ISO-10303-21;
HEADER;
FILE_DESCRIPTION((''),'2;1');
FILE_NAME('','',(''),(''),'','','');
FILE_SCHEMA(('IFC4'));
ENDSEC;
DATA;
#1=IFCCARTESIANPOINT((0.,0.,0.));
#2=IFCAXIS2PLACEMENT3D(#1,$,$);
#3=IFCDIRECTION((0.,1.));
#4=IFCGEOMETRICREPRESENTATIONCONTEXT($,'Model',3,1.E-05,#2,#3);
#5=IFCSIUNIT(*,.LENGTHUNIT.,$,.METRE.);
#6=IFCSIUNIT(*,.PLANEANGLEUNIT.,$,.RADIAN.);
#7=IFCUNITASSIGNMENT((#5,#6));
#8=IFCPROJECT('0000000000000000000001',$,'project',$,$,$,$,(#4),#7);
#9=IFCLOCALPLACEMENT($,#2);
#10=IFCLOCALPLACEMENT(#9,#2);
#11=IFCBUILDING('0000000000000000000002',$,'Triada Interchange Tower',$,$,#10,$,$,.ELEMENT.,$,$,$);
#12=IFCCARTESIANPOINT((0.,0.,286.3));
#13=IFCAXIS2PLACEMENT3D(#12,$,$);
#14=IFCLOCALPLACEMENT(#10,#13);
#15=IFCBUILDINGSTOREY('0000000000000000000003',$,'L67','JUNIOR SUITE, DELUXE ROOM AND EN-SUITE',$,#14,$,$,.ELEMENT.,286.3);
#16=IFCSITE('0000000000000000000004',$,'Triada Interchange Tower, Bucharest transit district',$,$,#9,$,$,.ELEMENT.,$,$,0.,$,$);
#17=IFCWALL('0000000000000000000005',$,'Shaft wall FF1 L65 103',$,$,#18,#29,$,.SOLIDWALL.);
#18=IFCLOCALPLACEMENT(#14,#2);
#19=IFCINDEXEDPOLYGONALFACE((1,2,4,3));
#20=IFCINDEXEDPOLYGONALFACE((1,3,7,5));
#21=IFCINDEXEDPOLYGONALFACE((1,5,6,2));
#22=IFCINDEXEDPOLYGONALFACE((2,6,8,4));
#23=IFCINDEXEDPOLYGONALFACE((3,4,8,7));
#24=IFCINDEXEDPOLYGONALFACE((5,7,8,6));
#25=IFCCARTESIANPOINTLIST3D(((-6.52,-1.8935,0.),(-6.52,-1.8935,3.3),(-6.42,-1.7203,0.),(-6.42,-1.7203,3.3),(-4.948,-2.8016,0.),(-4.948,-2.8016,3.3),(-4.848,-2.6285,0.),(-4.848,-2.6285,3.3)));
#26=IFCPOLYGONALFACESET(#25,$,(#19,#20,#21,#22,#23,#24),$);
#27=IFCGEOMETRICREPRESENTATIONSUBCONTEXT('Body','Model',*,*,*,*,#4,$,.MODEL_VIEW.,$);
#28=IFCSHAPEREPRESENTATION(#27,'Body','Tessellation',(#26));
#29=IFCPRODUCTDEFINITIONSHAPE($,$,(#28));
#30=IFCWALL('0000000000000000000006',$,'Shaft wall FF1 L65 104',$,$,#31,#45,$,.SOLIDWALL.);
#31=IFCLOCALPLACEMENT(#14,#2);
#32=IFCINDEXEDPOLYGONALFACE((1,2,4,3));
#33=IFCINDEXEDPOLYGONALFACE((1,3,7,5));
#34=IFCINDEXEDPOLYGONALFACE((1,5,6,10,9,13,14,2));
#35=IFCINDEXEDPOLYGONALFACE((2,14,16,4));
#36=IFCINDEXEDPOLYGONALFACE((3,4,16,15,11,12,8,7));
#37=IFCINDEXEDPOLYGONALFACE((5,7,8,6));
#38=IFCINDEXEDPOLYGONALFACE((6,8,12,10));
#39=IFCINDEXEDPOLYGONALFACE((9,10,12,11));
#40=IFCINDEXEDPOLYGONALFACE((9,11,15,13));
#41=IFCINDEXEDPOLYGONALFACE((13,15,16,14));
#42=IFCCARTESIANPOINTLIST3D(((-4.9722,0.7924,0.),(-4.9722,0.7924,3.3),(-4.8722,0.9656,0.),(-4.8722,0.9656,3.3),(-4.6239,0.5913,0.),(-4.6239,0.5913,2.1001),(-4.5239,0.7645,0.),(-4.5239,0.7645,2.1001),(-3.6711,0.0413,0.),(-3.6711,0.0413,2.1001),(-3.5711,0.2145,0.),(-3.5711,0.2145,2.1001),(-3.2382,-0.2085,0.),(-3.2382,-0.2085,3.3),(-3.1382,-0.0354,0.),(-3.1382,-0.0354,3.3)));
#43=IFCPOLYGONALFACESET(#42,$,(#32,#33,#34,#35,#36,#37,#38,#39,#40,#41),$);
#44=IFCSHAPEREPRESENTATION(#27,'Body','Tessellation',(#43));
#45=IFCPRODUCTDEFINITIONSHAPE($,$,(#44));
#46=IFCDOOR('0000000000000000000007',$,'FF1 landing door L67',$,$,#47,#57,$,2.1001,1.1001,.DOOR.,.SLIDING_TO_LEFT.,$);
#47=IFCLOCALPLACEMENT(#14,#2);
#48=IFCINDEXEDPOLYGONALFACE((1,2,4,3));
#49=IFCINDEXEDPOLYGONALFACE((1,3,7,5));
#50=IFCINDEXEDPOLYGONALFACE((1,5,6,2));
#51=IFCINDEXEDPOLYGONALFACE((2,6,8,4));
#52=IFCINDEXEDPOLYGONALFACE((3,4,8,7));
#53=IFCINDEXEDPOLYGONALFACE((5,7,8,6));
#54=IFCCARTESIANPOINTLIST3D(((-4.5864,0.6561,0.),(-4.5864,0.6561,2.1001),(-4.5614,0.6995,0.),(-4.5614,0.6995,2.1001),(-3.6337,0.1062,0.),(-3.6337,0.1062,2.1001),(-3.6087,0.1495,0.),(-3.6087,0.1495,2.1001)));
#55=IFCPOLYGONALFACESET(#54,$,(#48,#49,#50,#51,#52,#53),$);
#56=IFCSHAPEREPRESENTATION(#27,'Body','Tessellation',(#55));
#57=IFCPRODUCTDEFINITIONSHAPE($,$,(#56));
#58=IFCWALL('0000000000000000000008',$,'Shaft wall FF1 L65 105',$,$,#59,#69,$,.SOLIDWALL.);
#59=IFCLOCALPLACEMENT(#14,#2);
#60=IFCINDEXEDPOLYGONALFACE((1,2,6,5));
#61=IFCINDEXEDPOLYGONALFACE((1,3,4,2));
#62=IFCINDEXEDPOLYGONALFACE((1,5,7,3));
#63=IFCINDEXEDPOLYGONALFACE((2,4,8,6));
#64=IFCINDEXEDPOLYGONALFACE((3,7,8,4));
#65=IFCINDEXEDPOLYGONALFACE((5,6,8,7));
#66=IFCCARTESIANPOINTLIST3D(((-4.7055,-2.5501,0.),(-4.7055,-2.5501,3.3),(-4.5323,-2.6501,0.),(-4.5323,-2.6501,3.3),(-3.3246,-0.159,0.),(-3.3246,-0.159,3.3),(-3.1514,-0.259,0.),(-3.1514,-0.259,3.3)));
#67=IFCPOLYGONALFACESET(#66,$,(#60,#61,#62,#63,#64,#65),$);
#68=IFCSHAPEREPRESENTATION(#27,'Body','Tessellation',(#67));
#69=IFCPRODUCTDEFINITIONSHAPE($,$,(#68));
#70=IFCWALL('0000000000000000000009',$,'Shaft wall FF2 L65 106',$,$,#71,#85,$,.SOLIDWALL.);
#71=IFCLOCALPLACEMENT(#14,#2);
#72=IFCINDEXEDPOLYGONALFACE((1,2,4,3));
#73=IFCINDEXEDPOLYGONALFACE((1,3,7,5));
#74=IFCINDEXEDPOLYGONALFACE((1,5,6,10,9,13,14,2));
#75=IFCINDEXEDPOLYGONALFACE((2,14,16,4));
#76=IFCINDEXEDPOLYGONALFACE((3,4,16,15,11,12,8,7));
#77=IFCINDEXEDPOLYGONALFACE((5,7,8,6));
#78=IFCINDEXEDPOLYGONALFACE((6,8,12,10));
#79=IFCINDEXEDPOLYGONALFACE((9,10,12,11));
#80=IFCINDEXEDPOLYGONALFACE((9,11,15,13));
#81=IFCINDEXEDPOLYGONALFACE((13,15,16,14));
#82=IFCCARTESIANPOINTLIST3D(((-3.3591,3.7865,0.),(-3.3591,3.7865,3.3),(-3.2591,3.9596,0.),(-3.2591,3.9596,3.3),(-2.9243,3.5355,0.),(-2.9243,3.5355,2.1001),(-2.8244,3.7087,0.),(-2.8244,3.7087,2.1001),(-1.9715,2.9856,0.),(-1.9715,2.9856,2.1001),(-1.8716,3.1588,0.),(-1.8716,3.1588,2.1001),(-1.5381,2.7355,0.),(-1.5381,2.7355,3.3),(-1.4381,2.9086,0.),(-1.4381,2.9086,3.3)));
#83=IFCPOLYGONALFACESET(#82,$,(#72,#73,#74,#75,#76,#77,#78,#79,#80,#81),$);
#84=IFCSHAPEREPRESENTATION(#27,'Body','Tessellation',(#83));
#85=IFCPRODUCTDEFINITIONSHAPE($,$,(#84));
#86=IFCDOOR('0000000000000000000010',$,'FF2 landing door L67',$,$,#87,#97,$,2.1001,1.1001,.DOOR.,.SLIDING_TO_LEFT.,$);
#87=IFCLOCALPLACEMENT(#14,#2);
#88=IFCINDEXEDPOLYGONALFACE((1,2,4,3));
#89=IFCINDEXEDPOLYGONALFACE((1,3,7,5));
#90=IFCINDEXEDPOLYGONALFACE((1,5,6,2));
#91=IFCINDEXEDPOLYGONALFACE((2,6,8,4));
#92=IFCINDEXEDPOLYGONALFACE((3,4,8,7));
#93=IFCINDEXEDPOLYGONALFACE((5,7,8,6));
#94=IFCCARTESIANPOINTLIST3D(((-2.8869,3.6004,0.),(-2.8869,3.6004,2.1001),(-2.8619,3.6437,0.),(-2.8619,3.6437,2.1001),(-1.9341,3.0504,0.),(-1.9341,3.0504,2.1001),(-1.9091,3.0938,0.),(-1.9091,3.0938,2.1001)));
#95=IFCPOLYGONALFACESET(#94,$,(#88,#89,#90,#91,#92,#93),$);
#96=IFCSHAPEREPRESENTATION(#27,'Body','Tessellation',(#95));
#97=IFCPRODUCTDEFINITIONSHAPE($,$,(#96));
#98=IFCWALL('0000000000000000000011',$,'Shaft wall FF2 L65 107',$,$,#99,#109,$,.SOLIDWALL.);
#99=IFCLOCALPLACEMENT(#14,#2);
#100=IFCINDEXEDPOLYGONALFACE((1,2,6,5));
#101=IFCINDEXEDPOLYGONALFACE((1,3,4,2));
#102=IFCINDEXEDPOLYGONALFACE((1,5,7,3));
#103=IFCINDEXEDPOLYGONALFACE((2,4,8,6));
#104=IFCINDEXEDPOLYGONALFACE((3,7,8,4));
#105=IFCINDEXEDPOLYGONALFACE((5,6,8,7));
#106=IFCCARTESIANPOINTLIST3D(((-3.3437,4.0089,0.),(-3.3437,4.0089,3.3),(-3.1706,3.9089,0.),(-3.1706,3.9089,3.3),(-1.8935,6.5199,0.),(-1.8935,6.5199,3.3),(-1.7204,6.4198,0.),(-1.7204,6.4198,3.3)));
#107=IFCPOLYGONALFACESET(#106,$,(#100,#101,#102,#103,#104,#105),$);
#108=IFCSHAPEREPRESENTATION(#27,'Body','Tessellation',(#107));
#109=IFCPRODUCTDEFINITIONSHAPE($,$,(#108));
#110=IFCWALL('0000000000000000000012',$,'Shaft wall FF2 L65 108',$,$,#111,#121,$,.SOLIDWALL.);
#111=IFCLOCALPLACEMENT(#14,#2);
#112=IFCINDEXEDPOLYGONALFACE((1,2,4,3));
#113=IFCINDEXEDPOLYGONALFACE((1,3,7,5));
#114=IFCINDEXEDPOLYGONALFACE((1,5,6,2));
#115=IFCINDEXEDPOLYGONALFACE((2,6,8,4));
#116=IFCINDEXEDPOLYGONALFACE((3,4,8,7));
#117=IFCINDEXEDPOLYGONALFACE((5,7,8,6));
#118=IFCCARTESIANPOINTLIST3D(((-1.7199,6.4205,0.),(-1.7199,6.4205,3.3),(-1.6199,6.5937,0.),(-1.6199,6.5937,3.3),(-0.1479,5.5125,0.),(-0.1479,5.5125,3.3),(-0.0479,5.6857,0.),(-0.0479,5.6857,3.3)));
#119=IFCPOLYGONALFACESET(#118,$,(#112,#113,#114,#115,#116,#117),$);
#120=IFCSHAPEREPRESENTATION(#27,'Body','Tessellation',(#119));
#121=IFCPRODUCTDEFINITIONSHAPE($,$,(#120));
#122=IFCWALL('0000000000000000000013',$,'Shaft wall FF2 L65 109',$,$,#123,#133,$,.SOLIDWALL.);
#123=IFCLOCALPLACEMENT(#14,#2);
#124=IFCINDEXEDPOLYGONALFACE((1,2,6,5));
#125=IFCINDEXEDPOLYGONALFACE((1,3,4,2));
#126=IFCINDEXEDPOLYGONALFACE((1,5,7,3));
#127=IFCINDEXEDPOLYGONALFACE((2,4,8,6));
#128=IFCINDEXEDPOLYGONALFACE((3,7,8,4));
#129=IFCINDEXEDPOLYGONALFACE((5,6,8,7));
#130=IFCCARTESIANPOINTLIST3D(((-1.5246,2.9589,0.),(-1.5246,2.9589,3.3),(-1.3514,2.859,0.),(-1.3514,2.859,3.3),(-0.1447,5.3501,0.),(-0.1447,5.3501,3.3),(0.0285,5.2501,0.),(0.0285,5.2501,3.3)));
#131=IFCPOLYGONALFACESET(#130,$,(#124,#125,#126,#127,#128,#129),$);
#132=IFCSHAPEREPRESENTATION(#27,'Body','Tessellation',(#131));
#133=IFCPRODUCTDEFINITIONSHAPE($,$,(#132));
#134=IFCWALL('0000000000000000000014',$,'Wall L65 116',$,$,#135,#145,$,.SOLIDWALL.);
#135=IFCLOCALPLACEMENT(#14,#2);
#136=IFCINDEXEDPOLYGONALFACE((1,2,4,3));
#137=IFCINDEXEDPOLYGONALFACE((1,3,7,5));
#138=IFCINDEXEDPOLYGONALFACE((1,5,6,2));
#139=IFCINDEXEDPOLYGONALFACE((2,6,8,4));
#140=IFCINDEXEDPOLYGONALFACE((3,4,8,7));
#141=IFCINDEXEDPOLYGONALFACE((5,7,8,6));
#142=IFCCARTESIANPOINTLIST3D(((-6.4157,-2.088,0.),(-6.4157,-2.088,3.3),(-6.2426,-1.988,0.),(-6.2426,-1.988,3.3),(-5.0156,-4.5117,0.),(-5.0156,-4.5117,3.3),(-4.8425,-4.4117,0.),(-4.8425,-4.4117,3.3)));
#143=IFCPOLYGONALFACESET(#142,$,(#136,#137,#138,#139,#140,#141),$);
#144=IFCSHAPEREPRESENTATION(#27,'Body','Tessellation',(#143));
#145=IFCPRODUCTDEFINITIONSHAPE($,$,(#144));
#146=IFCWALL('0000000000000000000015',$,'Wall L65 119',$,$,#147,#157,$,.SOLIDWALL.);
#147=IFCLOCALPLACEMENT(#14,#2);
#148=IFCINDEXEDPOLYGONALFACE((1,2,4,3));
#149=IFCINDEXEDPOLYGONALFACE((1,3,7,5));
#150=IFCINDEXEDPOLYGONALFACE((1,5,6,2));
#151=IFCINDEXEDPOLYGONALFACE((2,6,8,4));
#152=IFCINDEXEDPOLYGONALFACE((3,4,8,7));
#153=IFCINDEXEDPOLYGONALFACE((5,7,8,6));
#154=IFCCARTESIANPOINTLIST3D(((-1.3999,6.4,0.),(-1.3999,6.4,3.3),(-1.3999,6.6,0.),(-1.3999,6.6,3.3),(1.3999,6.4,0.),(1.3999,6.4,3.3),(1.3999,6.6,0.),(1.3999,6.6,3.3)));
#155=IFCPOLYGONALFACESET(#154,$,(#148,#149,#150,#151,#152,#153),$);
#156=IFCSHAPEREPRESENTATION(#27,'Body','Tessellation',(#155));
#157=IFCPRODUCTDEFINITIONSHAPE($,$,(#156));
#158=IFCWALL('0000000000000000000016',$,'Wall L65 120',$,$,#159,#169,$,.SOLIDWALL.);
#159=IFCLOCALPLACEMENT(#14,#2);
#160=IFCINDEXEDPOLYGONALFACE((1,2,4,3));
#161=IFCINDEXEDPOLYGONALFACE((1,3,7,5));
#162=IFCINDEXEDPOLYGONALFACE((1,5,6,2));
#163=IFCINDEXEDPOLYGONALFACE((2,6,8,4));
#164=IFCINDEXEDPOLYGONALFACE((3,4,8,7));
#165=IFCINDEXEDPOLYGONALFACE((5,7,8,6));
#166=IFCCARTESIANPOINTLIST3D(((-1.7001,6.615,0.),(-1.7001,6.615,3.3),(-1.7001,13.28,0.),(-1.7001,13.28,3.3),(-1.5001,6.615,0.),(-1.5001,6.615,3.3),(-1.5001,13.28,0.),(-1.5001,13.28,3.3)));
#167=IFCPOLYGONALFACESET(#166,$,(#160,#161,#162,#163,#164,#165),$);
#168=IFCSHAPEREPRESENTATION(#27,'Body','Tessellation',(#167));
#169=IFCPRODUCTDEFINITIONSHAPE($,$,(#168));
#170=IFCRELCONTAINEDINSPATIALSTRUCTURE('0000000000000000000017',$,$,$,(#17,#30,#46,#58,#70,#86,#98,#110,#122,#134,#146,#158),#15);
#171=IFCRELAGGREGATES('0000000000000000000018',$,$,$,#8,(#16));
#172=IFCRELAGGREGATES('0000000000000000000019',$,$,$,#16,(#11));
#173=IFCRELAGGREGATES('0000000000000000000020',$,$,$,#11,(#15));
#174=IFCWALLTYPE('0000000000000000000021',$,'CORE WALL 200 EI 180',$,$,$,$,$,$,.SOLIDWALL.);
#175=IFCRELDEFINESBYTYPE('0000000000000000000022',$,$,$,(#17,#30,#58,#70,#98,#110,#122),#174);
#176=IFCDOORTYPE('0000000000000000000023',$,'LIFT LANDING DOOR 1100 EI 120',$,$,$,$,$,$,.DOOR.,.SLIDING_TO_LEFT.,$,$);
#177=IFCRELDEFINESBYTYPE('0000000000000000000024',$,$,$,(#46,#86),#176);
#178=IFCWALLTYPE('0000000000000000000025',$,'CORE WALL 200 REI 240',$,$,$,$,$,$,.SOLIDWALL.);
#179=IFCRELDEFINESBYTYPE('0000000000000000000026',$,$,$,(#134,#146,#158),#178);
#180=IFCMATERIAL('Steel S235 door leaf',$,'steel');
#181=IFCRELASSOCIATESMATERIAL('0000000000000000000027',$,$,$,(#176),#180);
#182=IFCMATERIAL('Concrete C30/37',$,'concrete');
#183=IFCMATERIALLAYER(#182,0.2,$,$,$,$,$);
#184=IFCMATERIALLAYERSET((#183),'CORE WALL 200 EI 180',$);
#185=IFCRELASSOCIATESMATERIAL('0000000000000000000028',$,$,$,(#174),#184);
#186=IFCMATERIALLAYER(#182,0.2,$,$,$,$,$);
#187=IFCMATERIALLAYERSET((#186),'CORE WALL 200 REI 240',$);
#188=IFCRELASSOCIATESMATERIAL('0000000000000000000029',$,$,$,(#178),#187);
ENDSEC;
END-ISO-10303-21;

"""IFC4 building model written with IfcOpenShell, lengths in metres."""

from ifc_helpers import new_model, si_unit, direction, frame, frame_2d, origin, place, context, subcontext, project, spatial, rectangle, extrude, material, layer, layer_set, type_object, element, fill, save


model = new_model("IFC4")

# Units and contexts
model_context = context("Model", 3, precision=1e-05, world=origin(), true_north=direction((0.0, 1.0)))
body_context = subcontext(model_context, "Body", "Model", "MODEL_VIEW")
ifc_project = project(units=[si_unit("LENGTHUNIT", "METRE"), si_unit("PLANEANGLEUNIT", "RADIAN")], contexts=[model_context])

# Site, building, storey
site_placement = place(None, origin())
site = spatial("IfcSite", under=ifc_project, at=site_placement, Name="Triada Interchange Tower, Bucharest transit district", CompositionType="ELEMENT", RefElevation=0.0)
building_placement = place(site_placement, origin())
building = spatial("IfcBuilding", under=site, at=building_placement, Name="Triada Interchange Tower", CompositionType="ELEMENT")
storey_placement = place(building_placement, frame((0.0, 0.0, 286.3)))
storey = spatial("IfcBuildingStorey", under=building, at=storey_placement, Name="L67", Description="JUNIOR SUITE, DELUXE ROOM AND EN-SUITE", CompositionType="ELEMENT", Elevation=286.3)

# Shared definitions
ifc_material_1 = material(Name="Concrete C30/37", Category="concrete")
ifc_material_2 = material(Name="Steel S235 door leaf", Category="steel")
door_type_1 = type_object("IfcDoorType", Name="LIFT LANDING DOOR 1100 EI 120", OperationType="SLIDING_TO_LEFT", PredefinedType="DOOR", material=ifc_material_2)

# Shared definitions
ifc_layer_1 = layer(ifc_material_1, 0.2)
ifc_layer_set_1 = layer_set([ifc_layer_1], Name="CORE WALL 200 EI 180")
wall_type_1 = type_object("IfcWallType", Name="CORE WALL 200 EI 180", PredefinedType="SOLIDWALL", material=ifc_layer_set_1)

# Wall
wall_1_placement = place(storey_placement, frame((-6.47, -1.8069, 0.0), z_axis=(0.0, 0.0, 1.0), x_axis=(0.865883, -0.500246, 0.0)))
element("IfcWall", 1, at=wall_1_placement, inside=storey, type_object=wall_type_1, Name="Shaft wall FF1 L65 103", PredefinedType="SOLIDWALL", context=body_context, shape_type="SweptSolid", body=[
    extrude(rectangle(XDim=1.8154, YDim=0.2, at=frame_2d((0.9077, 0.0))), origin(), (0.0, 0.0, 1.0), 3.3),
])

# Wall, opening, door
wall_2_placement = place(storey_placement, frame((-4.9221, 0.8789, 0.0), z_axis=(0.0, 0.0, 1.0), x_axis=(0.866074, -0.499916, 0.0)))
wall_2 = element("IfcWall", 2, at=wall_2_placement, inside=storey, type_object=wall_type_1, Name="Shaft wall FF1 L65 104", PredefinedType="SOLIDWALL", context=body_context, shape_type="SweptSolid", body=[
    extrude(rectangle(XDim=2.0022, YDim=0.2, at=frame_2d((1.001, 0.0))), origin(), (0.0, 0.0, 1.0), 3.3),
])
opening_1_placement = place(wall_2_placement, frame((0.4021, 0.0, 0.0)))
opening_1 = element("IfcOpeningElement", 3, at=opening_1_placement, cuts=wall_2, PredefinedType="OPENING", context=body_context, shape_type="SweptSolid", body=[
    extrude(rectangle(XDim=1.1001, YDim=2.1001, at=frame_2d((0.55, 1.05))), frame((0.0, 0.1099, 0.0), z_axis=(0.0, -1.0, 0.0), x_axis=(1.0, 0.0, 0.0)), (0.0, 0.0, 1.0), 0.22),
])
door_1_placement = place(opening_1_placement, origin())
door_1 = element("IfcDoor", 4, at=door_1_placement, inside=storey, type_object=door_type_1, Name="FF1 landing door L67", OperationType="SLIDING_TO_LEFT", OverallHeight=2.1001, OverallWidth=1.1001, PredefinedType="DOOR", context=body_context, shape_type="SweptSolid", body=[
    extrude(rectangle(XDim=1.1001, YDim=2.1001, at=frame_2d((0.55, 1.05))), frame((0.0, 0.0249, 0.0), z_axis=(0.0, -1.0, 0.0), x_axis=(1.0, 0.0, 0.0)), (0.0, 0.0, 1.0), 0.05),
])
fill(opening_1, door_1)

# Wall
wall_3_placement = place(storey_placement, frame((-4.6189, -2.6001, 0.0), z_axis=(0.0, 0.0, 1.0), x_axis=(0.500095, 0.865971, 0.0)))
element("IfcWall", 5, at=wall_3_placement, inside=storey, type_object=wall_type_1, Name="Shaft wall FF1 L65 105", PredefinedType="SOLIDWALL", context=body_context, shape_type="SweptSolid", body=[
    extrude(rectangle(XDim=2.7612, YDim=0.2, at=frame_2d((1.3806, 0.0))), origin(), (0.0, 0.0, 1.0), 3.3),
])

# Wall, opening, door
wall_4_placement = place(storey_placement, frame((-3.3091, 3.873, 0.0), z_axis=(0.0, 0.0, 1.0), x_axis=(0.866099, -0.499873, 0.0)))
wall_4 = element("IfcWall", 6, at=wall_4_placement, inside=storey, type_object=wall_type_1, Name="Shaft wall FF2 L65 106", PredefinedType="SOLIDWALL", context=body_context, shape_type="SweptSolid", body=[
    extrude(rectangle(XDim=2.1025, YDim=0.2, at=frame_2d((1.0513, 0.0))), origin(), (0.0, 0.0, 1.0), 3.3),
])
opening_2_placement = place(wall_4_placement, frame((0.502, 0.0, 0.0)))
opening_2 = element("IfcOpeningElement", 7, at=opening_2_placement, cuts=wall_4, PredefinedType="OPENING", context=body_context, shape_type="SweptSolid", body=[
    extrude(rectangle(XDim=1.1001, YDim=2.1001, at=frame_2d((0.55, 1.05))), frame((0.0, 0.1099, 0.0), z_axis=(0.0, -1.0, 0.0), x_axis=(1.0, 0.0, 0.0)), (0.0, 0.0, 1.0), 0.22),
])
door_2_placement = place(opening_2_placement, origin())
door_2 = element("IfcDoor", 8, at=door_2_placement, inside=storey, type_object=door_type_1, Name="FF2 landing door L67", OperationType="SLIDING_TO_LEFT", OverallHeight=2.1001, OverallWidth=1.1001, PredefinedType="DOOR", context=body_context, shape_type="SweptSolid", body=[
    extrude(rectangle(XDim=1.1001, YDim=2.1001, at=frame_2d((0.55, 1.05))), frame((0.0, 0.0249, 0.0), z_axis=(0.0, -1.0, 0.0), x_axis=(1.0, 0.0, 0.0)), (0.0, 0.0, 1.0), 0.05),
])
fill(opening_2, door_2)

# Walls
wall_5_placement = place(storey_placement, frame((-3.2571, 3.959, 0.0), z_axis=(0.0, 0.0, 1.0), x_axis=(0.500123, 0.865954, 0.0)))
element("IfcWall", 9, at=wall_5_placement, inside=storey, type_object=wall_type_1, Name="Shaft wall FF2 L65 107", PredefinedType="SOLIDWALL", context=body_context, shape_type="SweptSolid", body=[
    extrude(rectangle(XDim=2.8997, YDim=0.2, at=frame_2d((1.4497, 0.0))), origin(), (0.0, 0.0, 1.0), 3.3),
])
wall_6_placement = place(storey_placement, frame((-1.6699, 6.5071, 0.0), z_axis=(0.0, 0.0, 1.0), x_axis=(0.865941, -0.500145, 0.0)))
element("IfcWall", 10, at=wall_6_placement, inside=storey, type_object=wall_type_1, Name="Shaft wall FF2 L65 108", PredefinedType="SOLIDWALL", context=body_context, shape_type="SweptSolid", body=[
    extrude(rectangle(XDim=1.8154, YDim=0.2, at=frame_2d((0.9077, 0.0))), origin(), (0.0, 0.0, 1.0), 3.3),
])
wall_7_placement = place(storey_placement, frame((-1.438, 2.9089, 0.0), z_axis=(0.0, 0.0, 1.0), x_axis=(0.49983, 0.866124, 0.0)))
element("IfcWall", 11, at=wall_7_placement, inside=storey, type_object=wall_type_1, Name="Shaft wall FF2 L65 109", PredefinedType="SOLIDWALL", context=body_context, shape_type="SweptSolid", body=[
    extrude(rectangle(XDim=2.7607, YDim=0.2, at=frame_2d((1.3804, 0.0))), origin(), (0.0, 0.0, 1.0), 3.3),
])
ifc_layer_2 = layer(ifc_material_1, 0.2)
ifc_layer_set_2 = layer_set([ifc_layer_2], Name="CORE WALL 200 REI 240")
wall_type_2 = type_object("IfcWallType", Name="CORE WALL 200 REI 240", PredefinedType="SOLIDWALL", material=ifc_layer_set_2)
wall_8_placement = place(storey_placement, frame((-6.3291, -2.0381, 0.0), z_axis=(0.0, 0.0, 1.0), x_axis=(0.500201, -0.86591, 0.0)))
element("IfcWall", 12, at=wall_8_placement, inside=storey, type_object=wall_type_2, Name="Wall L65 116", PredefinedType="SOLIDWALL", context=body_context, shape_type="SweptSolid", body=[
    extrude(rectangle(XDim=2.7991, YDim=0.2, at=frame_2d((1.3994, 0.0))), origin(), (0.0, 0.0, 1.0), 3.3),
])
wall_9_placement = place(storey_placement, frame((-1.3999, 6.5, 0.0), z_axis=(0.0, 0.0, 1.0), x_axis=(1.0, 0.0, 0.0)))
element("IfcWall", 13, at=wall_9_placement, inside=storey, type_object=wall_type_2, Name="Wall L65 119", PredefinedType="SOLIDWALL", context=body_context, shape_type="SweptSolid", body=[
    extrude(rectangle(XDim=2.7998, YDim=0.2, at=frame_2d((1.3999, 0.0))), origin(), (0.0, 0.0, 1.0), 3.3),
])
wall_10_placement = place(storey_placement, frame((-1.6001, 6.615, 0.0), z_axis=(0.0, 0.0, 1.0), x_axis=(0.0, 1.0, 0.0)))
element("IfcWall", 14, at=wall_10_placement, inside=storey, type_object=wall_type_2, Name="Wall L65 120", PredefinedType="SOLIDWALL", context=body_context, shape_type="SweptSolid", body=[
    extrude(rectangle(XDim=6.665, YDim=0.2, at=frame_2d((3.3325, 0.0))), origin(), (0.0, 0.0, 1.0), 3.3),
])

save(model, "model.ifc")
